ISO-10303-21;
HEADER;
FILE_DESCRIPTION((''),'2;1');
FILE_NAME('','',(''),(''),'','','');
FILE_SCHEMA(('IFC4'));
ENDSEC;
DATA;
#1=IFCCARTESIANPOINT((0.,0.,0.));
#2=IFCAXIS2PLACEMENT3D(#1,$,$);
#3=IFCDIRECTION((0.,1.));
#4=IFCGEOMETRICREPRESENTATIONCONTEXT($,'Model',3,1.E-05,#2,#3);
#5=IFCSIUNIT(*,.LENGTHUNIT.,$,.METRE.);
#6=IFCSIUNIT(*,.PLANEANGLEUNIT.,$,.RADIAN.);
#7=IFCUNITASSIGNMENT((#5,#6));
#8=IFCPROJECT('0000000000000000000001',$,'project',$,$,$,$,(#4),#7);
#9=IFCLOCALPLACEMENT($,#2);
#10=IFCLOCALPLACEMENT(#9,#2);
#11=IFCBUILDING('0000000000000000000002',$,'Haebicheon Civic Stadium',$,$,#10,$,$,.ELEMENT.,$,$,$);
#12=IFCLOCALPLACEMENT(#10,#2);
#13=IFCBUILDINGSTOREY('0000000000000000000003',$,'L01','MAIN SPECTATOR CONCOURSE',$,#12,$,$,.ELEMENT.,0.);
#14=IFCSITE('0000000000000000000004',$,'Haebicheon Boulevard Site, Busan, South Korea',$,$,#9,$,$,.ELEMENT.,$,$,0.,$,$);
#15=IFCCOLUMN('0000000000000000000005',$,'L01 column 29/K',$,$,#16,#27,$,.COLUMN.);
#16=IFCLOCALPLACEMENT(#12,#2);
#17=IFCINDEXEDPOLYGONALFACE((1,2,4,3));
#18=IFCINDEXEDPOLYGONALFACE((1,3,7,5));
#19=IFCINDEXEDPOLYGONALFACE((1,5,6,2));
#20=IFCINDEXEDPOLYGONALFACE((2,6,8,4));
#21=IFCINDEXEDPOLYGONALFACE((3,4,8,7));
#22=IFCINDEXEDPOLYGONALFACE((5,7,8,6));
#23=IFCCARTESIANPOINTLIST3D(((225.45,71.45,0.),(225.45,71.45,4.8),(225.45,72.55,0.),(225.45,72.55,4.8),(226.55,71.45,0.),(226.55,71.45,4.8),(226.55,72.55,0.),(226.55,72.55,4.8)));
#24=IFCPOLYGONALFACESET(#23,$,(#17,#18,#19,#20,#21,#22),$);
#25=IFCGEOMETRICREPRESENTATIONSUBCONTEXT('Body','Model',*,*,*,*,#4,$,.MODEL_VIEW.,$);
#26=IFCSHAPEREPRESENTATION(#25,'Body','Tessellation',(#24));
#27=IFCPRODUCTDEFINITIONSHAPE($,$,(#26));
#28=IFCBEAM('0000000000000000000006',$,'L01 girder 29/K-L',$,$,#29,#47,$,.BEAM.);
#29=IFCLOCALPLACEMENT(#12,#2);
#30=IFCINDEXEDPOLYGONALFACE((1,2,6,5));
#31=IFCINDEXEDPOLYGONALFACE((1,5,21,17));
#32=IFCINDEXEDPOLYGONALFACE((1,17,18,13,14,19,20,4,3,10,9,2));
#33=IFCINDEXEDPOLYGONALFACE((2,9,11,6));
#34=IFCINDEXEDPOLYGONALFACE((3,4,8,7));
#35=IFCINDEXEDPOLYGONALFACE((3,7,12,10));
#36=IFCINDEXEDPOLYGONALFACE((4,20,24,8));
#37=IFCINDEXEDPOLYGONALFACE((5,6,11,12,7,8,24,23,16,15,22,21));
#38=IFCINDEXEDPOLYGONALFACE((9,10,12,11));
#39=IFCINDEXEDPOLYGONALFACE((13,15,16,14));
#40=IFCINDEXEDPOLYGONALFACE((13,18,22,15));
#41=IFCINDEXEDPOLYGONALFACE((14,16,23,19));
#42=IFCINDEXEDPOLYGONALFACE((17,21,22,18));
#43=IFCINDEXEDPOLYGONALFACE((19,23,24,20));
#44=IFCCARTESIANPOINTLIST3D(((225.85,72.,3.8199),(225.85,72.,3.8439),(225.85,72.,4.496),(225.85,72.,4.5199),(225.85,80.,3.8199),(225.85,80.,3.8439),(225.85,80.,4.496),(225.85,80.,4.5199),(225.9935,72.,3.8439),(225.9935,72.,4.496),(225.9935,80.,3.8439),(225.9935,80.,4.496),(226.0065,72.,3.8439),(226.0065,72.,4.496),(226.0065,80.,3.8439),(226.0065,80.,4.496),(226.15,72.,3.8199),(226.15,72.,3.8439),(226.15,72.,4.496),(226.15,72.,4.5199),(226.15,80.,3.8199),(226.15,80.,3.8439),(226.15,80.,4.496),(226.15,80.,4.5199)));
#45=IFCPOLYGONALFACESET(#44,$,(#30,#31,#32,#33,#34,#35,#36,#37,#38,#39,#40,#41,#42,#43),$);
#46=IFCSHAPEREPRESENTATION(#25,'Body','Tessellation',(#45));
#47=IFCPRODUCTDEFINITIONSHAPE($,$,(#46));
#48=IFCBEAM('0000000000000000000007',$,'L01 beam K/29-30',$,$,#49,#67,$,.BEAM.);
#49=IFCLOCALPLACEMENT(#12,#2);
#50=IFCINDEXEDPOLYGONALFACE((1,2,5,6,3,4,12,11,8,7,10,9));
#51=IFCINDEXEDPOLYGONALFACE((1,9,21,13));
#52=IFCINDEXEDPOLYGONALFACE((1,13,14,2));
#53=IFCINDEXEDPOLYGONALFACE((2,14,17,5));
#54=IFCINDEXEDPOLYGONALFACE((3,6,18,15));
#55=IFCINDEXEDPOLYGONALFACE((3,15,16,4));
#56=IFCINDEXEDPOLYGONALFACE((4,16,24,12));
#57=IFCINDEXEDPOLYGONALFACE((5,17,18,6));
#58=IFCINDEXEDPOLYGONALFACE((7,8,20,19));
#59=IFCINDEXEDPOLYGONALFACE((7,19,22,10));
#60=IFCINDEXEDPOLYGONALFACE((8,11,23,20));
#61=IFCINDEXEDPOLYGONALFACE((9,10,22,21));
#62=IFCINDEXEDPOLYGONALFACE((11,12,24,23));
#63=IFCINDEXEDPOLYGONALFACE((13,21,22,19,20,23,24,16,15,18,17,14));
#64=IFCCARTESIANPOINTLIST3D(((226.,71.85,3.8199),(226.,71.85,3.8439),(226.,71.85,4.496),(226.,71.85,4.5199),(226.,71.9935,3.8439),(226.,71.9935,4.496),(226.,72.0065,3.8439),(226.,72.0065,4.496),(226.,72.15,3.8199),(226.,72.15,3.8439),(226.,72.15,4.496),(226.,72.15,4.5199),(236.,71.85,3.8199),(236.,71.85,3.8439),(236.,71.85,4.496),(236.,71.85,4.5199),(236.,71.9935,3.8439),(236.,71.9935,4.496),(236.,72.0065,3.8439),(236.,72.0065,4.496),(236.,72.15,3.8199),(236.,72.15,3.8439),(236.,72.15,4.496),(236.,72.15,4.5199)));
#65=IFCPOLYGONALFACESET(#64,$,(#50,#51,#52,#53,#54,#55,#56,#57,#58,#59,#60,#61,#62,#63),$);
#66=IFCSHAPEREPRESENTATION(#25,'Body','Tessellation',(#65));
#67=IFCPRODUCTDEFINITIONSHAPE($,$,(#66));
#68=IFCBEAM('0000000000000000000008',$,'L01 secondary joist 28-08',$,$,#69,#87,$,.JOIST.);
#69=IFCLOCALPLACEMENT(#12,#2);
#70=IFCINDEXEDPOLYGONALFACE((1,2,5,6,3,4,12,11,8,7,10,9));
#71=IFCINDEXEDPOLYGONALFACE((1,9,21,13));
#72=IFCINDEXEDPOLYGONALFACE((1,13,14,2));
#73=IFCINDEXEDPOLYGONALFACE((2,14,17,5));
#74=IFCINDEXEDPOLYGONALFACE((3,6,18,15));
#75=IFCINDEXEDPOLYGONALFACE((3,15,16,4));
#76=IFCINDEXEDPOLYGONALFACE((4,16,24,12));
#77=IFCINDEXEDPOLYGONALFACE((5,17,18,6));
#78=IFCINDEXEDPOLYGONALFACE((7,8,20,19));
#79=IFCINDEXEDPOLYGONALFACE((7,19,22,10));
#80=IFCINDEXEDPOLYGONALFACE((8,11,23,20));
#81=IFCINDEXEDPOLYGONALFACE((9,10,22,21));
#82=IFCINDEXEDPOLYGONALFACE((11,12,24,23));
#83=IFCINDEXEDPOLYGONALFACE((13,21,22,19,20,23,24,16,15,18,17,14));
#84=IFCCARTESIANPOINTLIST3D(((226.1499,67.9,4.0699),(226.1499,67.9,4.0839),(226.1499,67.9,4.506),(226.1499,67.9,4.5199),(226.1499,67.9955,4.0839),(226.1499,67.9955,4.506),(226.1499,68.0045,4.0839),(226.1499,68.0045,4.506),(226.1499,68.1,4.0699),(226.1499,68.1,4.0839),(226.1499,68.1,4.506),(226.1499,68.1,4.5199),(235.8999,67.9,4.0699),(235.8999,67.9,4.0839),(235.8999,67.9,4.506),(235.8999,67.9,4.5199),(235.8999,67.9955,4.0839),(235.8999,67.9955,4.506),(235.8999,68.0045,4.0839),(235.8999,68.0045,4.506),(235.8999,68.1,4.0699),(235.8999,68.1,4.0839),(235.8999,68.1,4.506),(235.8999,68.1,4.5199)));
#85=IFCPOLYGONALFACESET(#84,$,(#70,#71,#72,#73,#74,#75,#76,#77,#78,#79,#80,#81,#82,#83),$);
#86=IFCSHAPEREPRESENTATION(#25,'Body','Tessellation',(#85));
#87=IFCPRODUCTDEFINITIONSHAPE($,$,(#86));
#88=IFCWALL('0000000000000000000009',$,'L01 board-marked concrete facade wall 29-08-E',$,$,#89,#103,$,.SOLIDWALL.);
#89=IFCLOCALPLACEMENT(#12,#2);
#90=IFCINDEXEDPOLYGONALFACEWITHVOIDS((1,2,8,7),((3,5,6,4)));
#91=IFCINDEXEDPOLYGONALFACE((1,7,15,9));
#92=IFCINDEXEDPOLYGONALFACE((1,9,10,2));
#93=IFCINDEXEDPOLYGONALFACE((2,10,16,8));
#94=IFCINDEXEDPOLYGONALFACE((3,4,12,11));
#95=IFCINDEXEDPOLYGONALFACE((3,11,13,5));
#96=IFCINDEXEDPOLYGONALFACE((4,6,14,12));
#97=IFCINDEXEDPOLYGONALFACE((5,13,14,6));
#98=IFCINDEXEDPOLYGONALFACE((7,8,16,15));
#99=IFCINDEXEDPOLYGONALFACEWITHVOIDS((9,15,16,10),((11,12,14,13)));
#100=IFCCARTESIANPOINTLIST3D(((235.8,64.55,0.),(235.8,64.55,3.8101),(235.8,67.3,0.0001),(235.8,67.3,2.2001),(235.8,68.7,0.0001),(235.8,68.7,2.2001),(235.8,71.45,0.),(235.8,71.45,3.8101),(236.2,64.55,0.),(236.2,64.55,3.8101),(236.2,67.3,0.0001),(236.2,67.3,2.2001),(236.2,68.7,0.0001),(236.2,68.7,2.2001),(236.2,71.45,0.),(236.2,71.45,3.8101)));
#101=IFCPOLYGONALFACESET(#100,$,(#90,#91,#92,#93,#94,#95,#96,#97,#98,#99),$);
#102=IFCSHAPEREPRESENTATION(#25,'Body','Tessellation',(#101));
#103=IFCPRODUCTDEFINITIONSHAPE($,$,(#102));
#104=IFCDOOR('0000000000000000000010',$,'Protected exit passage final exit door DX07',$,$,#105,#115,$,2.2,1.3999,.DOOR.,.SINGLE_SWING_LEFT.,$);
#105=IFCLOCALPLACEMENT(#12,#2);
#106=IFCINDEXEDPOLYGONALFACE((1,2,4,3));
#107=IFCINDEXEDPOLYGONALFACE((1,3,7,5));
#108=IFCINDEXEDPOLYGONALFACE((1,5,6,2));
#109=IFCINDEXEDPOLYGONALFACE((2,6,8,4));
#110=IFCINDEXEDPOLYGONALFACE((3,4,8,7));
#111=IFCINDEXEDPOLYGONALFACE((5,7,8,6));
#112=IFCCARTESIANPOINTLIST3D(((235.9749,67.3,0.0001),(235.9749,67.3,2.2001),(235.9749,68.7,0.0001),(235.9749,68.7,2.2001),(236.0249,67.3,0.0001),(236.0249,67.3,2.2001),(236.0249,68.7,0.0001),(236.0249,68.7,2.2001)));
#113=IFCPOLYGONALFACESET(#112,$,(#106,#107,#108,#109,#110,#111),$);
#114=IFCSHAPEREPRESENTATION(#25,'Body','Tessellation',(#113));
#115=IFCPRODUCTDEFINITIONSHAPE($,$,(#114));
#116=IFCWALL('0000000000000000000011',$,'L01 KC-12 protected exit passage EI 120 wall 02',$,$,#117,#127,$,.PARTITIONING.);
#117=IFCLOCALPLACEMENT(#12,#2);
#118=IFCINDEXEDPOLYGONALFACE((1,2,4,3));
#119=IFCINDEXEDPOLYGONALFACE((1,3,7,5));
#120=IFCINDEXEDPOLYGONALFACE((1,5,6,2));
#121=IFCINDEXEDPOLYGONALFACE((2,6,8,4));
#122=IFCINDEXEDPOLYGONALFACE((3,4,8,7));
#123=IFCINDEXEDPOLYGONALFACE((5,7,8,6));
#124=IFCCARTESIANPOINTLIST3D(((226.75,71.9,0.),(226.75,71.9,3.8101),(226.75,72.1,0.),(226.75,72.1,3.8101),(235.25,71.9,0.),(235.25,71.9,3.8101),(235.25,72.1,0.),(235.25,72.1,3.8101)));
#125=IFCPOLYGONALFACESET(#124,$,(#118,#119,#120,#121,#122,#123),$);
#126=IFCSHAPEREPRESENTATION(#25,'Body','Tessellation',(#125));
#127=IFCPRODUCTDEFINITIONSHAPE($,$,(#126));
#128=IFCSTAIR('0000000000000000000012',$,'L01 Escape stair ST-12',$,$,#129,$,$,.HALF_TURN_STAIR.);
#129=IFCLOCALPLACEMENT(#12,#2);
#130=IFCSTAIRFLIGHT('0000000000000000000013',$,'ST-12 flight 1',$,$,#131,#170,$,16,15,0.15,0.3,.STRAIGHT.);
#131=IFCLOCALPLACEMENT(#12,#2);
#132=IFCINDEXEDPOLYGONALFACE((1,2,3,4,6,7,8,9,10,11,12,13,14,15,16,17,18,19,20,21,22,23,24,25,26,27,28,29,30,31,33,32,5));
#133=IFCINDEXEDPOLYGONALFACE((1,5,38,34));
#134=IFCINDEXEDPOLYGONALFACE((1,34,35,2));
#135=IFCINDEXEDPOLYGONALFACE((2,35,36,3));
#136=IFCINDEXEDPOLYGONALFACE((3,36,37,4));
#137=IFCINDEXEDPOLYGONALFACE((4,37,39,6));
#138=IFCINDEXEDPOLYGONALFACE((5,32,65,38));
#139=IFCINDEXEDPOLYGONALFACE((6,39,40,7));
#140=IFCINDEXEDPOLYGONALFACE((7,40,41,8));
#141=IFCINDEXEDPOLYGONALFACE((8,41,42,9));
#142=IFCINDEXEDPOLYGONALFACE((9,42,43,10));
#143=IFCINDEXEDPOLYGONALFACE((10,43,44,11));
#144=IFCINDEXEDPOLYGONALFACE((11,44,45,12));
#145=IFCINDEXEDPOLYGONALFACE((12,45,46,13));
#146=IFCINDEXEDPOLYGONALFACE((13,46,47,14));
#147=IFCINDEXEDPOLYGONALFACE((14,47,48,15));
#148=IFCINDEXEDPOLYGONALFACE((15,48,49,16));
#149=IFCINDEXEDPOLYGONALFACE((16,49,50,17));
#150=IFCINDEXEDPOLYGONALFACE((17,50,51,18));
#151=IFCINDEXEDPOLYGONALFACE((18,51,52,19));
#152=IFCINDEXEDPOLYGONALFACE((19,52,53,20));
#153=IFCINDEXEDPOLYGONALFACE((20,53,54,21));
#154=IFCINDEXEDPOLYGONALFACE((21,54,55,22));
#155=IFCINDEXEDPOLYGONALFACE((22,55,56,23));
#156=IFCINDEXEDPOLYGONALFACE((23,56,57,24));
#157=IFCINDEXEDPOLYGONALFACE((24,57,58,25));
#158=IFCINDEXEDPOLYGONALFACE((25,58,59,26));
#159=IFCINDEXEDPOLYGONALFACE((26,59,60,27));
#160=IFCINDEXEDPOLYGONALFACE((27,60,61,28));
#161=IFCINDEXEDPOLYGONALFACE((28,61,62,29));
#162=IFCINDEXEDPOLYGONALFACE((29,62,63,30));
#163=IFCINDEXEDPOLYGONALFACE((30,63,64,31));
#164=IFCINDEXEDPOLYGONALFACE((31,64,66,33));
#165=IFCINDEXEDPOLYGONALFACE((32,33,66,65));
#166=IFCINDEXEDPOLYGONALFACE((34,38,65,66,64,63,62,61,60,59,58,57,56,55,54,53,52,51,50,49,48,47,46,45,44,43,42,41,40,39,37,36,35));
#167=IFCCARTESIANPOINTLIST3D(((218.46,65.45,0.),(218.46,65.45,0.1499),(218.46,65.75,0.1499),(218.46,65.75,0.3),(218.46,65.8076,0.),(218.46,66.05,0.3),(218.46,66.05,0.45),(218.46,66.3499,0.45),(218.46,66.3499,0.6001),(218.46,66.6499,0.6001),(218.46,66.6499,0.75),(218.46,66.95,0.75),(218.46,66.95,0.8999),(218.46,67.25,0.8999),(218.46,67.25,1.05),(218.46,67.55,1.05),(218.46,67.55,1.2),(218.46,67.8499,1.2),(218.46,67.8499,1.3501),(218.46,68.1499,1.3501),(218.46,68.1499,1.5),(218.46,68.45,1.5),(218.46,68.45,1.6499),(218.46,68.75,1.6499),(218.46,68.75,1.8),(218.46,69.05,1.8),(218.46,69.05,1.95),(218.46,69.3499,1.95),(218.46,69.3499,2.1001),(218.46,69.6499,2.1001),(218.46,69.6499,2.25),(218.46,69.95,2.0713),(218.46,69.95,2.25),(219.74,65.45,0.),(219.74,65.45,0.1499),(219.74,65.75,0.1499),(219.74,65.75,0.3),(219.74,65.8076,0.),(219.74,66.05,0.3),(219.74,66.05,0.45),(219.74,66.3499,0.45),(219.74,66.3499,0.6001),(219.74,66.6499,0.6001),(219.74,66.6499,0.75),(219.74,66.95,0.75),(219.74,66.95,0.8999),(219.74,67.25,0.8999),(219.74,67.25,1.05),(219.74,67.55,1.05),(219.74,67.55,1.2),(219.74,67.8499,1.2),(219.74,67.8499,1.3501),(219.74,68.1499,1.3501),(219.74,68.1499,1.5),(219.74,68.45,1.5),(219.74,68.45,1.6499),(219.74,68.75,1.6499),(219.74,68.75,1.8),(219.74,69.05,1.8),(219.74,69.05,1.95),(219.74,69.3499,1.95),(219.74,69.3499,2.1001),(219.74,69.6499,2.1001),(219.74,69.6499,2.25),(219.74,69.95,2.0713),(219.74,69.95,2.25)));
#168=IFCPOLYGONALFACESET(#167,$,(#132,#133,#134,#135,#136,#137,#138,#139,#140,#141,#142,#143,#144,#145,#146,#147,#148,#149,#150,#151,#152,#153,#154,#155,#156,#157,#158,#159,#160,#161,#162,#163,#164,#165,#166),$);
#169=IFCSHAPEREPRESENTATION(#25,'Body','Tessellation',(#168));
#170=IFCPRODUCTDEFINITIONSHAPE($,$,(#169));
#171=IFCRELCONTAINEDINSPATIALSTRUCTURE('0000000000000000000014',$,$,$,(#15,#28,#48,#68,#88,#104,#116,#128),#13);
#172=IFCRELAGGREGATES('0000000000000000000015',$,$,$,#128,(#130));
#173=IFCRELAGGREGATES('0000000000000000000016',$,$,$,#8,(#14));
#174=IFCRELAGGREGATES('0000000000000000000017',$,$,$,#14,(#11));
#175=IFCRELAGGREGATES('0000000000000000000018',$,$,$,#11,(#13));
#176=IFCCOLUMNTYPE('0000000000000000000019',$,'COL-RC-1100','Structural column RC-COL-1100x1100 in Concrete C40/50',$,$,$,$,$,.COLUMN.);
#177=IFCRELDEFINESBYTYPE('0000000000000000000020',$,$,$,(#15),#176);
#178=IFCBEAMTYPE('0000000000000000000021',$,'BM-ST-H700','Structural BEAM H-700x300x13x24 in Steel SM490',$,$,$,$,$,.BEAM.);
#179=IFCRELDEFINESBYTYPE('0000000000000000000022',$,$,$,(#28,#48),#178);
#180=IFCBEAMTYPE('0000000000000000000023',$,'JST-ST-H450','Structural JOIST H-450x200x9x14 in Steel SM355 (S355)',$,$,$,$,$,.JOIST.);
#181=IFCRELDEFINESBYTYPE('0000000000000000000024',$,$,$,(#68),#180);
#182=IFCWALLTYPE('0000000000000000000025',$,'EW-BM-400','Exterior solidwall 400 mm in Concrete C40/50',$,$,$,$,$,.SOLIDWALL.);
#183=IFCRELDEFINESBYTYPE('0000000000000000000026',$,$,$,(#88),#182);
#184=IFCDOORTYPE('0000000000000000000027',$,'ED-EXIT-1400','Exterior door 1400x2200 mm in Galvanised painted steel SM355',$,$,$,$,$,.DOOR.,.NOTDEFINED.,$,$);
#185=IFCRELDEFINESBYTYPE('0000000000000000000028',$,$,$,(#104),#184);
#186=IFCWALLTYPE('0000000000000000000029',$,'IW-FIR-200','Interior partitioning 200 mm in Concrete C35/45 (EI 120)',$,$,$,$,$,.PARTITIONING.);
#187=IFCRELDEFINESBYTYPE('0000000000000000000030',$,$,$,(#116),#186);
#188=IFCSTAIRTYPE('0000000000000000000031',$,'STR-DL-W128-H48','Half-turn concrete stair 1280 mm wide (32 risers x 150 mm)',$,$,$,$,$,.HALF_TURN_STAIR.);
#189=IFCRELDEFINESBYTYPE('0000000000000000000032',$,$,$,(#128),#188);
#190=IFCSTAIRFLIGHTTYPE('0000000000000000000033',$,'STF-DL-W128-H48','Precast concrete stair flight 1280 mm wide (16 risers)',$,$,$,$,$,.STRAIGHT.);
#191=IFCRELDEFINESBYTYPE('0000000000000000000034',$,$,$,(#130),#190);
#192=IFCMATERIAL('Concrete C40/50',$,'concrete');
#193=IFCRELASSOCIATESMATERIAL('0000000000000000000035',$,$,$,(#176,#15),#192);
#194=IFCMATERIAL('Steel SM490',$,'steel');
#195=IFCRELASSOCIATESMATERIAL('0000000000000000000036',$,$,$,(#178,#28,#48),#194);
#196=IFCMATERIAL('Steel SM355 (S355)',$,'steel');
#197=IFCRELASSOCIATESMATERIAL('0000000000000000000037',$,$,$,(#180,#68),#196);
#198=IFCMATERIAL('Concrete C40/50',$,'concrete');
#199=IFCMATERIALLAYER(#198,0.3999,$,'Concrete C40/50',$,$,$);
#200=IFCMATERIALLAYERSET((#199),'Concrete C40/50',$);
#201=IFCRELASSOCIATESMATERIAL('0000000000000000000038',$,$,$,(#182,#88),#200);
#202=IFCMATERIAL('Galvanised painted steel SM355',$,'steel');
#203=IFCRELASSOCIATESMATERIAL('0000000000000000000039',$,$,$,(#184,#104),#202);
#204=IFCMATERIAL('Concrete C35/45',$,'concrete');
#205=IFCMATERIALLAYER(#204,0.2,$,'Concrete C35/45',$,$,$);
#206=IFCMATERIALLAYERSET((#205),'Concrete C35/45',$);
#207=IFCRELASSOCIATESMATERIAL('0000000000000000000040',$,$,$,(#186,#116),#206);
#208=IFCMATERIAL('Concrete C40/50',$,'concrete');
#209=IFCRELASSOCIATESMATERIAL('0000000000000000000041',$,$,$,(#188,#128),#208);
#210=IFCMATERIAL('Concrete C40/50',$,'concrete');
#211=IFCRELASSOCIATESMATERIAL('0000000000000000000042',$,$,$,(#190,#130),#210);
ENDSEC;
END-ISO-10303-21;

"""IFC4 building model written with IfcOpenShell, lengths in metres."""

from ifc_helpers import new_model, si_unit, direction, frame, frame_2d, origin, origin_2d, place, context, subcontext, project, spatial, polyline, rectangle, i_section, outline, extrude, material, layer, layer_set, material_profile, profile_set, type_object, element, fill, aggregate, save


model = new_model("IFC4")

# Units and contexts
model_context = context("Model", 3, precision=1e-05, world=origin(), true_north=direction((0.0, 1.0)))
body_context = subcontext(model_context, "Body", "Model", "MODEL_VIEW")
ifc_project = project(units=[si_unit("LENGTHUNIT", "METRE"), si_unit("PLANEANGLEUNIT", "RADIAN")], contexts=[model_context])

# Site, building, storey
site_placement = place(None, origin())
site = spatial("IfcSite", under=ifc_project, at=site_placement, Name="Haebicheon Boulevard Site, Busan, South Korea", CompositionType="ELEMENT", RefElevation=0.0)
building_placement = place(site_placement, origin())
building = spatial("IfcBuilding", under=site, at=building_placement, Name="Haebicheon Civic Stadium", CompositionType="ELEMENT")
storey_placement = place(building_placement, origin())
storey = spatial("IfcBuildingStorey", under=building, at=storey_placement, Name="L01", Description="MAIN SPECTATOR CONCOURSE", CompositionType="ELEMENT", Elevation=0.0)

# Column
ifc_material_1 = material(Name="Concrete C40/50", Category="concrete")
ifc_material_profile_1 = material_profile(ifc_material_1, rectangle(XDim=1.1001, YDim=1.1001, at=origin_2d()), Name="RC-COL-1100x1100")
ifc_profile_set_1 = profile_set([ifc_material_profile_1], Name="Concrete C40/50")
column_type = type_object("IfcColumnType", Name="COL-RC-1100", Description="Structural column RC-COL-1100x1100 in Concrete C40/50", PredefinedType="COLUMN", material=ifc_profile_set_1)
column_placement = place(storey_placement, frame((226.0, 72.0, 0.0), z_axis=(0.0, 0.0, 1.0), x_axis=(1.0, 0.0, 0.0)))
element("IfcColumn", 1, at=column_placement, inside=storey, type_object=column_type, material=ifc_profile_set_1, Name="L01 column 29/K", PredefinedType="COLUMN", context=body_context, shape_type="SweptSolid", body=[
    extrude(rectangle(XDim=1.1001, YDim=1.1001, at=origin_2d()), origin(), (0.0, 0.0, 1.0), 4.8),
])

# Beams
ifc_material_2 = material(Name="Steel SM490", Category="steel")
ifc_material_profile_2 = material_profile(ifc_material_2, i_section(OverallWidth=0.3, OverallDepth=0.7, WebThickness=0.0129, FlangeThickness=0.0239, at=origin_2d()), Name="H-700x300x13x24")
ifc_profile_set_2 = profile_set([ifc_material_profile_2], Name="Steel SM490")
beam_type_1 = type_object("IfcBeamType", Name="BM-ST-H700", Description="Structural BEAM H-700x300x13x24 in Steel SM490", PredefinedType="BEAM", material=ifc_profile_set_2)
beam_1_placement = place(storey_placement, frame((226.0, 72.0, 4.1699), z_axis=(0.0, 1.0, 0.0), x_axis=(-1.0, 0.0, 0.0)))
element("IfcBeam", 2, at=beam_1_placement, inside=storey, type_object=beam_type_1, material=ifc_profile_set_2, Name="L01 girder 29/K-L", PredefinedType="BEAM", context=body_context, shape_type="SweptSolid", body=[
    extrude(i_section(OverallWidth=0.3, OverallDepth=0.7, WebThickness=0.0129, FlangeThickness=0.0239, at=origin_2d()), origin(), (0.0, 0.0, 1.0), 8.0),
])
beam_2_placement = place(storey_placement, frame((226.0, 72.0, 4.1699), z_axis=(1.0, 0.0, 0.0), x_axis=(0.0, 1.0, 0.0)))
element("IfcBeam", 3, at=beam_2_placement, inside=storey, type_object=beam_type_1, material=ifc_profile_set_2, Name="L01 beam K/29-30", PredefinedType="BEAM", context=body_context, shape_type="SweptSolid", body=[
    extrude(i_section(OverallWidth=0.3, OverallDepth=0.7, WebThickness=0.0129, FlangeThickness=0.0239, at=origin_2d()), origin(), (0.0, 0.0, 1.0), 10.0),
])
ifc_material_3 = material(Name="Steel SM355 (S355)", Category="steel")
ifc_material_profile_3 = material_profile(ifc_material_3, i_section(OverallWidth=0.2, OverallDepth=0.45, WebThickness=0.009, FlangeThickness=0.0139, at=origin_2d()), Name="H-450x200x9x14")
ifc_profile_set_3 = profile_set([ifc_material_profile_3], Name="Steel SM355 (S355)")
beam_type_2 = type_object("IfcBeamType", Name="JST-ST-H450", Description="Structural JOIST H-450x200x9x14 in Steel SM355 (S355)", PredefinedType="JOIST", material=ifc_profile_set_3)
beam_3_placement = place(storey_placement, frame((226.1499, 68.0, 4.2949), z_axis=(1.0, 0.0, 0.0), x_axis=(0.0, 1.0, 0.0)))
element("IfcBeam", 4, at=beam_3_placement, inside=storey, type_object=beam_type_2, material=ifc_profile_set_3, Name="L01 secondary joist 28-08", PredefinedType="JOIST", context=body_context, shape_type="SweptSolid", body=[
    extrude(i_section(OverallWidth=0.2, OverallDepth=0.45, WebThickness=0.009, FlangeThickness=0.0139, at=origin_2d()), origin(), (0.0, 0.0, 1.0), 9.75),
])

# Wall, opening, door
ifc_material_4 = material(Name="Concrete C40/50", Category="concrete")
ifc_layer_1 = layer(ifc_material_4, 0.3999, Name="Concrete C40/50")
ifc_layer_set_1 = layer_set([ifc_layer_1], Name="Concrete C40/50")
wall_type_1 = type_object("IfcWallType", Name="EW-BM-400", Description="Exterior solidwall 400 mm in Concrete C40/50", PredefinedType="SOLIDWALL", material=ifc_layer_set_1)
wall_1_placement = place(storey_placement, frame((236.0, 71.45, 0.0), z_axis=(0.0, 0.0, 1.0), x_axis=(0.0, -1.0, 0.0)))
wall_1 = element("IfcWall", 5, at=wall_1_placement, inside=storey, type_object=wall_type_1, material=ifc_layer_set_1, Name="L01 board-marked concrete facade wall 29-08-E", PredefinedType="SOLIDWALL", context=body_context, shape_type="SweptSolid", body=[
    extrude(rectangle(XDim=6.8999, YDim=0.3999, at=frame_2d((3.45, 0.0))), origin(), (0.0, 0.0, 1.0), 3.8101),
])
opening_1_placement = place(wall_1_placement, frame((2.75, 0.0, 0.0)))
opening_1 = element("IfcOpeningElement", 6, at=opening_1_placement, cuts=wall_1, PredefinedType="OPENING", context=body_context, shape_type="SweptSolid", body=[
    extrude(rectangle(XDim=1.3999, YDim=2.2, at=frame_2d((0.7, 1.1001))), frame((0.0, 0.21, 0.0), z_axis=(0.0, -1.0, 0.0), x_axis=(1.0, 0.0, 0.0)), (0.0, 0.0, 1.0), 0.4199),
])
ifc_material_5 = material(Name="Galvanised painted steel SM355", Category="steel")
door_type_1 = type_object("IfcDoorType", Name="ED-EXIT-1400", Description="Exterior door 1400x2200 mm in Galvanised painted steel SM355", OperationType="NOTDEFINED", PredefinedType="DOOR", material=ifc_material_5)
door_1_placement = place(opening_1_placement, origin())
door_1 = element("IfcDoor", 7, at=door_1_placement, inside=storey, type_object=door_type_1, material=ifc_material_5, Name="Protected exit passage final exit door DX07", OperationType="SINGLE_SWING_LEFT", OverallHeight=2.2, OverallWidth=1.3999, PredefinedType="DOOR", context=body_context, shape_type="SweptSolid", body=[
    extrude(rectangle(XDim=1.3999, YDim=2.2, at=frame_2d((0.7, 1.1001))), frame((0.0, 0.0249, 0.0), z_axis=(0.0, -1.0, 0.0), x_axis=(1.0, 0.0, 0.0)), (0.0, 0.0, 1.0), 0.05),
])
fill(opening_1, door_1)

# Wall
ifc_material_6 = material(Name="Concrete C35/45", Category="concrete")
ifc_layer_2 = layer(ifc_material_6, 0.2, Name="Concrete C35/45")
ifc_layer_set_2 = layer_set([ifc_layer_2], Name="Concrete C35/45")
wall_type_2 = type_object("IfcWallType", Name="IW-FIR-200", Description="Interior partitioning 200 mm in Concrete C35/45 (EI 120)", PredefinedType="PARTITIONING", material=ifc_layer_set_2)
wall_2_placement = place(storey_placement, frame((226.75, 72.0, 0.0), z_axis=(0.0, 0.0, 1.0), x_axis=(1.0, 0.0, 0.0)))
element("IfcWall", 8, at=wall_2_placement, inside=storey, type_object=wall_type_2, material=ifc_layer_set_2, Name="L01 KC-12 protected exit passage EI 120 wall 02", PredefinedType="PARTITIONING", context=body_context, shape_type="SweptSolid", body=[
    extrude(rectangle(XDim=8.5, YDim=0.2, at=frame_2d((4.25, 0.0))), origin(), (0.0, 0.0, 1.0), 3.8101),
])

# Stair, stair flight
ifc_material_7 = material(Name="Concrete C40/50", Category="concrete")
stair_type = type_object("IfcStairType", Name="STR-DL-W128-H48", Description="Half-turn concrete stair 1280 mm wide (32 risers x 150 mm)", PredefinedType="HALF_TURN_STAIR", material=ifc_material_7)
stair_placement = place(storey_placement, origin())
stair = element("IfcStair", 9, at=stair_placement, inside=storey, type_object=stair_type, material=ifc_material_7, Name="L01 Escape stair ST-12", PredefinedType="HALF_TURN_STAIR")
ifc_material_8 = material(Name="Concrete C40/50", Category="concrete")
stair_flight_type = type_object("IfcStairFlightType", Name="STF-DL-W128-H48", Description="Precast concrete stair flight 1280 mm wide (16 risers)", PredefinedType="STRAIGHT", material=ifc_material_8)
stair_flight_placement = place(storey_placement, frame((219.1001, 65.45, 0.0), z_axis=(0.0, 0.0, 1.0), x_axis=(0.0, 1.0, 0.0)))
stair_flight = element("IfcStairFlight", 10, at=stair_flight_placement, type_object=stair_flight_type, material=ifc_material_8, Name="ST-12 flight 1", NumberOfRisers=16, NumberOfTreads=15, PredefinedType="STRAIGHT", RiserHeight=0.15, TreadLength=0.3, context=body_context, shape_type="SweptSolid", body=[
    extrude(outline(polyline([(0.0, 0.0), (0.0, 0.1499), (0.3, 0.1499), (0.3, 0.3), (0.6001, 0.3), (0.6001, 0.45), (0.8999, 0.45), (0.8999, 0.6001), (1.2, 0.6001), (1.2, 0.75), (1.5, 0.75), (1.5, 0.8999), (1.8, 0.8999), (1.8, 1.05), (2.1001, 1.05), (2.1001, 1.2), (2.3999, 1.2), (2.3999, 1.3501), (2.7, 1.3501), (2.7, 1.5), (3.0, 1.5), (3.0, 1.6499), (3.3, 1.6499), (3.3, 1.8), (3.6001, 1.8), (3.6001, 1.95), (3.8999, 1.95), (3.8999, 2.1001), (4.2, 2.1001), (4.2, 2.25), (4.5, 2.25), (4.5, 2.3999), (4.5, 2.0713), (0.3577, 0.0), (0.0, 0.0)])), frame((0.0, 0.6401, 0.0), z_axis=(0.0, -1.0, 0.0), x_axis=(1.0, 0.0, 0.0)), (0.0, 0.0, 1.0), 1.28),
])
aggregate(stair, [stair_flight])

save(model, "model.ifc")
